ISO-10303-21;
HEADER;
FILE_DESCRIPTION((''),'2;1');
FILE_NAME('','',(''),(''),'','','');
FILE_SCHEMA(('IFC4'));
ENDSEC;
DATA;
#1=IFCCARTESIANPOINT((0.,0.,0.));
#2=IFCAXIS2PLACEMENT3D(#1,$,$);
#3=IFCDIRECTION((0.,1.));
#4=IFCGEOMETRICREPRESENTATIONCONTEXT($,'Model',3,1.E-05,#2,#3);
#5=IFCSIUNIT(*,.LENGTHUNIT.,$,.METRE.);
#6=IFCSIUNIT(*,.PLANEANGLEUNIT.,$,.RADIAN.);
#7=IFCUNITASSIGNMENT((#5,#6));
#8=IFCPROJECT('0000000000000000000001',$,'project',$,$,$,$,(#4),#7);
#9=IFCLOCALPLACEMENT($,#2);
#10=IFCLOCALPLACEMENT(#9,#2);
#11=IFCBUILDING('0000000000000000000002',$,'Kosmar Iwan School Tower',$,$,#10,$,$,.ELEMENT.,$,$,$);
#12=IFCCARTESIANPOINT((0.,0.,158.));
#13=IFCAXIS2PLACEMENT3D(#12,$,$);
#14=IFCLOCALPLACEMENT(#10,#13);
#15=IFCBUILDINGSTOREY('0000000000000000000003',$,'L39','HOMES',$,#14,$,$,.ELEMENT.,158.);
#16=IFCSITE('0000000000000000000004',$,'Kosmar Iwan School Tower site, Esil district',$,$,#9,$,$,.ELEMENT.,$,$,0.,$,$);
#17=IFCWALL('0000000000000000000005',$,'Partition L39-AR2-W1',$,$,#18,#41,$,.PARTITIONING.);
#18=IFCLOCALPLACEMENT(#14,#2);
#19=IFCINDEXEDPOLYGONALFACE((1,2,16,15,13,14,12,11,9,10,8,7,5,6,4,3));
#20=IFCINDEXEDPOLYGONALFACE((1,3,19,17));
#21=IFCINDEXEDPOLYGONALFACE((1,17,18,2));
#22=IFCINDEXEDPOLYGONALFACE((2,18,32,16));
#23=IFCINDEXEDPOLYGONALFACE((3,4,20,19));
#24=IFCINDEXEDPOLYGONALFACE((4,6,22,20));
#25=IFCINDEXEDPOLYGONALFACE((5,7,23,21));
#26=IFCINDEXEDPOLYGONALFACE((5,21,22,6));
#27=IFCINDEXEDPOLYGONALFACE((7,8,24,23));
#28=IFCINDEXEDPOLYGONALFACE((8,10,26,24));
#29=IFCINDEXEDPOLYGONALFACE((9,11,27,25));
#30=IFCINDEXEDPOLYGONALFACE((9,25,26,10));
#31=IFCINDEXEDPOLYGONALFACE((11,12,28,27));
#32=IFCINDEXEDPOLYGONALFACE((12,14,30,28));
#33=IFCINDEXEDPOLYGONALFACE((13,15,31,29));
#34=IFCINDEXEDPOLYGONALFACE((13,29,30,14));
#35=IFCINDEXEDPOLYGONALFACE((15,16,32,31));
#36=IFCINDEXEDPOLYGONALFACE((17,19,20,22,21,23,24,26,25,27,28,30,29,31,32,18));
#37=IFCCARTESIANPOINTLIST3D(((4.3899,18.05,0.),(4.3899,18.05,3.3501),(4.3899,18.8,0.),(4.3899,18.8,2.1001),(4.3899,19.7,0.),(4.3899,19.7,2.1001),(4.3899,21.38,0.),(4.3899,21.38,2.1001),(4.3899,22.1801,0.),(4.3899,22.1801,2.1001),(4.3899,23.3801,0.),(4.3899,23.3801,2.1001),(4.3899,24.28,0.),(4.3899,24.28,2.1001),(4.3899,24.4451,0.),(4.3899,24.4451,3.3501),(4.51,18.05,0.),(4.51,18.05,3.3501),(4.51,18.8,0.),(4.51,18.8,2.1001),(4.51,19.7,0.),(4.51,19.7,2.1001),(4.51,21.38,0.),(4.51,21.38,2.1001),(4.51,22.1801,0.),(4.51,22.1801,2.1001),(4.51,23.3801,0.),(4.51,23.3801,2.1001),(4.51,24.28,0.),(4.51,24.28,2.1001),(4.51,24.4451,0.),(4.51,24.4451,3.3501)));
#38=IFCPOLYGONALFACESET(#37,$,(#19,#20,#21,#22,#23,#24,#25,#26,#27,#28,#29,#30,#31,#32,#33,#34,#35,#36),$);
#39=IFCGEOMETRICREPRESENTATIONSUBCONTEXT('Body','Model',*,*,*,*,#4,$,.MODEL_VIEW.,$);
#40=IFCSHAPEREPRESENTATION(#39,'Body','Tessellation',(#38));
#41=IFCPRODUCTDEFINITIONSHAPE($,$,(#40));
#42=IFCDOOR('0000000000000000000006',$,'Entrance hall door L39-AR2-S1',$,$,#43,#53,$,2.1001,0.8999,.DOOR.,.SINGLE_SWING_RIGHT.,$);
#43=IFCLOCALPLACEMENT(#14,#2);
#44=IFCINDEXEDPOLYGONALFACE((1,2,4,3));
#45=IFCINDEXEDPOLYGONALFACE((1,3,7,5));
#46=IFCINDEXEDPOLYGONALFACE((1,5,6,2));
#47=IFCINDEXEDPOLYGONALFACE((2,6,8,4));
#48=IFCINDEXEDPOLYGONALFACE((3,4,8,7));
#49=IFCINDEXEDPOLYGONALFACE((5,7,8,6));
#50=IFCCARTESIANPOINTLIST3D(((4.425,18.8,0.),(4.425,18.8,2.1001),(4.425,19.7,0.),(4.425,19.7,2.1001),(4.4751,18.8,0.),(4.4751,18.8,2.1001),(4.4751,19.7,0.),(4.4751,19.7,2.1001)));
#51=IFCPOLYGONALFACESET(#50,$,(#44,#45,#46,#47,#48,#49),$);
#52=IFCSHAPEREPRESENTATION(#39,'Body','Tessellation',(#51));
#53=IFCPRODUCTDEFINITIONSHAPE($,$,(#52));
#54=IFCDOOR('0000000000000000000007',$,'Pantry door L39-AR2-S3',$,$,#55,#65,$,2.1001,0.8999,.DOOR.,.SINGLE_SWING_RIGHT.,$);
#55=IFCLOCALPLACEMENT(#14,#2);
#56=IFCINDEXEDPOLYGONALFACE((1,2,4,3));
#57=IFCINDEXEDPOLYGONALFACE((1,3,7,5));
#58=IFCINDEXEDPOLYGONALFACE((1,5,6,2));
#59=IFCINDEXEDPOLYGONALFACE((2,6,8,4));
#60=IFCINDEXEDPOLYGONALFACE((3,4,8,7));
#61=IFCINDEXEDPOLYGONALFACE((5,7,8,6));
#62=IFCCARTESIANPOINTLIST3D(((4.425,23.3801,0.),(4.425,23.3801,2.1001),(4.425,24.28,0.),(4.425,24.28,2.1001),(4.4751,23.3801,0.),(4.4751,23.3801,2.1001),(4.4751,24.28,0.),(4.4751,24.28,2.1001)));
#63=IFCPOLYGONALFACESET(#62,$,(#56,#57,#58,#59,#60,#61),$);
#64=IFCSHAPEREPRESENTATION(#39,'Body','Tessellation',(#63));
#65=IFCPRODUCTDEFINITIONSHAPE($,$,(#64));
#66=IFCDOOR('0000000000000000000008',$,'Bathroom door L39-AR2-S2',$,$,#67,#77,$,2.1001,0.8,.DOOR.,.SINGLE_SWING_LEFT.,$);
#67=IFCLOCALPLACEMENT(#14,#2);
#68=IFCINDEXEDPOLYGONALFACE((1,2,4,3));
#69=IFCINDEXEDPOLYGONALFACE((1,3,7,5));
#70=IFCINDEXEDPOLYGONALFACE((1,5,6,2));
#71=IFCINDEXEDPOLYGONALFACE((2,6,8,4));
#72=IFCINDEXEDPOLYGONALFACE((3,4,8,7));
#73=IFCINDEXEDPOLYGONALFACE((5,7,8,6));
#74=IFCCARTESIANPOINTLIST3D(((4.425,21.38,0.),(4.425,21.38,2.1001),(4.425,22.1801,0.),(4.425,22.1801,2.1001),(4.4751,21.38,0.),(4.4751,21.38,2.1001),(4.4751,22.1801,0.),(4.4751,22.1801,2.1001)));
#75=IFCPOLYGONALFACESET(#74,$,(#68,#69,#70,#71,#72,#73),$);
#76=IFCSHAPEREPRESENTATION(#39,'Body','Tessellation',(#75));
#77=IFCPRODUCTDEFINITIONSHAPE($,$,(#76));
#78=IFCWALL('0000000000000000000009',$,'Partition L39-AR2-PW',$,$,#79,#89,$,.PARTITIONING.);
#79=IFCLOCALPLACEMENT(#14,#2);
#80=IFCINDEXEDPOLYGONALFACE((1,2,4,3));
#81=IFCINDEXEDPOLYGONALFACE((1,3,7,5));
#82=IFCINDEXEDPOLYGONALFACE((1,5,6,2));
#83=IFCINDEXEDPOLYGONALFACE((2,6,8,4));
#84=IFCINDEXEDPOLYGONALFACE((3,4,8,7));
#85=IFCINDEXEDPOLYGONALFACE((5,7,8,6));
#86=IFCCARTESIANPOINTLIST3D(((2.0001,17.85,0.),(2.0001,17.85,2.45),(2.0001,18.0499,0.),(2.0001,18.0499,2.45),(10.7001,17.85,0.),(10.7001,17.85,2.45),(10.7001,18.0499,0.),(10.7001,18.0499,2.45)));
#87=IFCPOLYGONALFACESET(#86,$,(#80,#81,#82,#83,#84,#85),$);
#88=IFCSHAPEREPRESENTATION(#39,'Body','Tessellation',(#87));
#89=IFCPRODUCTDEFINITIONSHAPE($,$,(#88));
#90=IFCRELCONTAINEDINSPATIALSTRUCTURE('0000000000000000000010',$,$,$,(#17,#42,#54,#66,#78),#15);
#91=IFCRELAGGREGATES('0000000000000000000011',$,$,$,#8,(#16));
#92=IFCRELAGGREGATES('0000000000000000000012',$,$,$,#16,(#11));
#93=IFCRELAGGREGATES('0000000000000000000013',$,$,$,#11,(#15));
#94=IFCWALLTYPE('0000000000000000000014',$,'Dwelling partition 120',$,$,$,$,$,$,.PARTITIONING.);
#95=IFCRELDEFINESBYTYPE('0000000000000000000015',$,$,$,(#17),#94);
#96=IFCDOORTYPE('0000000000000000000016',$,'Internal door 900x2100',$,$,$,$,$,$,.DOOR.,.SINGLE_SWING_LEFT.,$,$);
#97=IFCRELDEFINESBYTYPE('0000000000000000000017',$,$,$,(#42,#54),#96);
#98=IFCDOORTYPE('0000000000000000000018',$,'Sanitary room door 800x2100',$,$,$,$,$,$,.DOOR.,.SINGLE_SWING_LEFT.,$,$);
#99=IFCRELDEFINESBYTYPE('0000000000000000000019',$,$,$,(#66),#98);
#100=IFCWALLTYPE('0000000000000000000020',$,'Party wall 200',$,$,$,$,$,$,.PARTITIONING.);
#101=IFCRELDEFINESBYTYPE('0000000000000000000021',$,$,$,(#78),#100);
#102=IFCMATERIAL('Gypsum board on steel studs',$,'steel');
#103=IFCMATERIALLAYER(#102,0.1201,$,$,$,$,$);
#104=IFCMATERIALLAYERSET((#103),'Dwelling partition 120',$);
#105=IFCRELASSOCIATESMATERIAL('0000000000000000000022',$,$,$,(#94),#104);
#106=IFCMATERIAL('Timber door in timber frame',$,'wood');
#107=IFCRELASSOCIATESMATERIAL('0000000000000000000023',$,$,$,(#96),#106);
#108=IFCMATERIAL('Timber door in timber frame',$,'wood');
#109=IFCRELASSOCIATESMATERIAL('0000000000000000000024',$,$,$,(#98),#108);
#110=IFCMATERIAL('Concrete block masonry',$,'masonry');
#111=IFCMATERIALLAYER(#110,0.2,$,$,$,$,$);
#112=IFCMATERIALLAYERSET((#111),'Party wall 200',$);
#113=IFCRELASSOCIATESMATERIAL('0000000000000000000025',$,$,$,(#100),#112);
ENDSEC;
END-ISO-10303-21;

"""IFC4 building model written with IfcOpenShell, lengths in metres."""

from ifc_helpers import new_model, si_unit, direction, frame, frame_2d, origin, place, context, subcontext, project, spatial, rectangle, extrude, material, layer, layer_set, type_object, element, fill, save


model = new_model("IFC4")

# Units and contexts
model_context = context("Model", 3, precision=1e-05, world=origin(), true_north=direction((0.0, 1.0)))
body_context = subcontext(model_context, "Body", "Model", "MODEL_VIEW")
ifc_project = project(units=[si_unit("LENGTHUNIT", "METRE"), si_unit("PLANEANGLEUNIT", "RADIAN")], contexts=[model_context])

# Site, building, storey
site_placement = place(None, origin())
site = spatial("IfcSite", under=ifc_project, at=site_placement, Name="Kosmar Iwan School Tower site, Esil district", CompositionType="ELEMENT", RefElevation=0.0)
building_placement = place(site_placement, origin())
building = spatial("IfcBuilding", under=site, at=building_placement, Name="Kosmar Iwan School Tower", CompositionType="ELEMENT")
storey_placement = place(building_placement, frame((0.0, 0.0, 158.0)))
storey = spatial("IfcBuildingStorey", under=building, at=storey_placement, Name="L39", Description="HOMES", CompositionType="ELEMENT", Elevation=158.0)

# Shared definitions
ifc_material_1 = material(Name="Gypsum board on steel studs", Category="steel")
ifc_layer_1 = layer(ifc_material_1, 0.1201)
ifc_layer_set_1 = layer_set([ifc_layer_1], Name="Dwelling partition 120")
wall_type_1 = type_object("IfcWallType", Name="Dwelling partition 120", PredefinedType="PARTITIONING", material=ifc_layer_set_1)

# Wall, openings, doors
wall_1_placement = place(storey_placement, frame((4.45, 18.05, 0.0), z_axis=(0.0, 0.0, 1.0), x_axis=(0.0, 1.0, 0.0)))
wall_1 = element("IfcWall", 1, at=wall_1_placement, inside=storey, type_object=wall_type_1, Name="Partition L39-AR2-W1", PredefinedType="PARTITIONING", context=body_context, shape_type="SweptSolid", body=[
    extrude(rectangle(XDim=6.395, YDim=0.1201, at=frame_2d((3.1975, 0.0))), origin(), (0.0, 0.0, 1.0), 3.3501),
])
opening_1_placement = place(wall_1_placement, frame((0.75, 0.0, 0.0)))
opening_1 = element("IfcOpeningElement", 2, at=opening_1_placement, cuts=wall_1, PredefinedType="OPENING", context=body_context, shape_type="SweptSolid", body=[
    extrude(rectangle(XDim=0.8999, YDim=2.1001, at=frame_2d((0.45, 1.05))), frame((0.0, 0.072, 0.0), z_axis=(0.0, -1.0, 0.0), x_axis=(1.0, 0.0, 0.0)), (0.0, 0.0, 1.0), 0.144),
])
opening_2_placement = place(wall_1_placement, frame((3.3301, 0.0, 0.0)))
opening_2 = element("IfcOpeningElement", 3, at=opening_2_placement, cuts=wall_1, PredefinedType="OPENING", context=body_context, shape_type="SweptSolid", body=[
    extrude(rectangle(XDim=0.8, YDim=2.1001, at=frame_2d((0.3999, 1.05))), frame((0.0, 0.072, 0.0), z_axis=(0.0, -1.0, 0.0), x_axis=(1.0, 0.0, 0.0)), (0.0, 0.0, 1.0), 0.144),
])
opening_3_placement = place(wall_1_placement, frame((5.3301, 0.0, 0.0)))
opening_3 = element("IfcOpeningElement", 4, at=opening_3_placement, cuts=wall_1, PredefinedType="OPENING", context=body_context, shape_type="SweptSolid", body=[
    extrude(rectangle(XDim=0.8999, YDim=2.1001, at=frame_2d((0.45, 1.05))), frame((0.0, 0.072, 0.0), z_axis=(0.0, -1.0, 0.0), x_axis=(1.0, 0.0, 0.0)), (0.0, 0.0, 1.0), 0.144),
])
ifc_material_2 = material(Name="Timber door in timber frame", Category="wood")
door_type_1 = type_object("IfcDoorType", Name="Internal door 900x2100", OperationType="SINGLE_SWING_LEFT", PredefinedType="DOOR", material=ifc_material_2)
door_1_placement = place(opening_1_placement, origin())
door_1 = element("IfcDoor", 5, at=door_1_placement, inside=storey, type_object=door_type_1, Name="Entrance hall door L39-AR2-S1", OperationType="SINGLE_SWING_RIGHT", OverallHeight=2.1001, OverallWidth=0.8999, PredefinedType="DOOR", context=body_context, shape_type="SweptSolid", body=[
    extrude(rectangle(XDim=0.8999, YDim=2.1001, at=frame_2d((0.45, 1.05))), frame((0.0, 0.0249, 0.0), z_axis=(0.0, -1.0, 0.0), x_axis=(1.0, 0.0, 0.0)), (0.0, 0.0, 1.0), 0.05),
])
fill(opening_1, door_1)
door_2_placement = place(opening_3_placement, origin())
door_2 = element("IfcDoor", 6, at=door_2_placement, inside=storey, type_object=door_type_1, Name="Pantry door L39-AR2-S3", OperationType="SINGLE_SWING_RIGHT", OverallHeight=2.1001, OverallWidth=0.8999, PredefinedType="DOOR", context=body_context, shape_type="SweptSolid", body=[
    extrude(rectangle(XDim=0.8999, YDim=2.1001, at=frame_2d((0.45, 1.05))), frame((0.0, 0.0249, 0.0), z_axis=(0.0, -1.0, 0.0), x_axis=(1.0, 0.0, 0.0)), (0.0, 0.0, 1.0), 0.05),
])
fill(opening_3, door_2)
ifc_material_3 = material(Name="Timber door in timber frame", Category="wood")
door_type_2 = type_object("IfcDoorType", Name="Sanitary room door 800x2100", OperationType="SINGLE_SWING_LEFT", PredefinedType="DOOR", material=ifc_material_3)
door_3_placement = place(opening_2_placement, origin())
door_3 = element("IfcDoor", 7, at=door_3_placement, inside=storey, type_object=door_type_2, Name="Bathroom door L39-AR2-S2", OperationType="SINGLE_SWING_LEFT", OverallHeight=2.1001, OverallWidth=0.8, PredefinedType="DOOR", context=body_context, shape_type="SweptSolid", body=[
    extrude(rectangle(XDim=0.8, YDim=2.1001, at=frame_2d((0.3999, 1.05))), frame((0.0, 0.0249, 0.0), z_axis=(0.0, -1.0, 0.0), x_axis=(1.0, 0.0, 0.0)), (0.0, 0.0, 1.0), 0.05),
])
fill(opening_2, door_3)

# Wall
ifc_material_4 = material(Name="Concrete block masonry", Category="masonry")
ifc_layer_2 = layer(ifc_material_4, 0.2)
ifc_layer_set_2 = layer_set([ifc_layer_2], Name="Party wall 200")
wall_type_2 = type_object("IfcWallType", Name="Party wall 200", PredefinedType="PARTITIONING", material=ifc_layer_set_2)
wall_2_placement = place(storey_placement, frame((2.0, 17.95, 0.0), z_axis=(0.0, 0.0, 1.0), x_axis=(1.0, 0.0, 0.0)))
element("IfcWall", 8, at=wall_2_placement, inside=storey, type_object=wall_type_2, Name="Partition L39-AR2-PW", PredefinedType="PARTITIONING", context=body_context, shape_type="SweptSolid", body=[
    extrude(rectangle(XDim=8.7, YDim=0.2, at=frame_2d((4.3501, 0.0))), origin(), (0.0, 0.0, 1.0), 2.45),
])

save(model, "model.ifc")
